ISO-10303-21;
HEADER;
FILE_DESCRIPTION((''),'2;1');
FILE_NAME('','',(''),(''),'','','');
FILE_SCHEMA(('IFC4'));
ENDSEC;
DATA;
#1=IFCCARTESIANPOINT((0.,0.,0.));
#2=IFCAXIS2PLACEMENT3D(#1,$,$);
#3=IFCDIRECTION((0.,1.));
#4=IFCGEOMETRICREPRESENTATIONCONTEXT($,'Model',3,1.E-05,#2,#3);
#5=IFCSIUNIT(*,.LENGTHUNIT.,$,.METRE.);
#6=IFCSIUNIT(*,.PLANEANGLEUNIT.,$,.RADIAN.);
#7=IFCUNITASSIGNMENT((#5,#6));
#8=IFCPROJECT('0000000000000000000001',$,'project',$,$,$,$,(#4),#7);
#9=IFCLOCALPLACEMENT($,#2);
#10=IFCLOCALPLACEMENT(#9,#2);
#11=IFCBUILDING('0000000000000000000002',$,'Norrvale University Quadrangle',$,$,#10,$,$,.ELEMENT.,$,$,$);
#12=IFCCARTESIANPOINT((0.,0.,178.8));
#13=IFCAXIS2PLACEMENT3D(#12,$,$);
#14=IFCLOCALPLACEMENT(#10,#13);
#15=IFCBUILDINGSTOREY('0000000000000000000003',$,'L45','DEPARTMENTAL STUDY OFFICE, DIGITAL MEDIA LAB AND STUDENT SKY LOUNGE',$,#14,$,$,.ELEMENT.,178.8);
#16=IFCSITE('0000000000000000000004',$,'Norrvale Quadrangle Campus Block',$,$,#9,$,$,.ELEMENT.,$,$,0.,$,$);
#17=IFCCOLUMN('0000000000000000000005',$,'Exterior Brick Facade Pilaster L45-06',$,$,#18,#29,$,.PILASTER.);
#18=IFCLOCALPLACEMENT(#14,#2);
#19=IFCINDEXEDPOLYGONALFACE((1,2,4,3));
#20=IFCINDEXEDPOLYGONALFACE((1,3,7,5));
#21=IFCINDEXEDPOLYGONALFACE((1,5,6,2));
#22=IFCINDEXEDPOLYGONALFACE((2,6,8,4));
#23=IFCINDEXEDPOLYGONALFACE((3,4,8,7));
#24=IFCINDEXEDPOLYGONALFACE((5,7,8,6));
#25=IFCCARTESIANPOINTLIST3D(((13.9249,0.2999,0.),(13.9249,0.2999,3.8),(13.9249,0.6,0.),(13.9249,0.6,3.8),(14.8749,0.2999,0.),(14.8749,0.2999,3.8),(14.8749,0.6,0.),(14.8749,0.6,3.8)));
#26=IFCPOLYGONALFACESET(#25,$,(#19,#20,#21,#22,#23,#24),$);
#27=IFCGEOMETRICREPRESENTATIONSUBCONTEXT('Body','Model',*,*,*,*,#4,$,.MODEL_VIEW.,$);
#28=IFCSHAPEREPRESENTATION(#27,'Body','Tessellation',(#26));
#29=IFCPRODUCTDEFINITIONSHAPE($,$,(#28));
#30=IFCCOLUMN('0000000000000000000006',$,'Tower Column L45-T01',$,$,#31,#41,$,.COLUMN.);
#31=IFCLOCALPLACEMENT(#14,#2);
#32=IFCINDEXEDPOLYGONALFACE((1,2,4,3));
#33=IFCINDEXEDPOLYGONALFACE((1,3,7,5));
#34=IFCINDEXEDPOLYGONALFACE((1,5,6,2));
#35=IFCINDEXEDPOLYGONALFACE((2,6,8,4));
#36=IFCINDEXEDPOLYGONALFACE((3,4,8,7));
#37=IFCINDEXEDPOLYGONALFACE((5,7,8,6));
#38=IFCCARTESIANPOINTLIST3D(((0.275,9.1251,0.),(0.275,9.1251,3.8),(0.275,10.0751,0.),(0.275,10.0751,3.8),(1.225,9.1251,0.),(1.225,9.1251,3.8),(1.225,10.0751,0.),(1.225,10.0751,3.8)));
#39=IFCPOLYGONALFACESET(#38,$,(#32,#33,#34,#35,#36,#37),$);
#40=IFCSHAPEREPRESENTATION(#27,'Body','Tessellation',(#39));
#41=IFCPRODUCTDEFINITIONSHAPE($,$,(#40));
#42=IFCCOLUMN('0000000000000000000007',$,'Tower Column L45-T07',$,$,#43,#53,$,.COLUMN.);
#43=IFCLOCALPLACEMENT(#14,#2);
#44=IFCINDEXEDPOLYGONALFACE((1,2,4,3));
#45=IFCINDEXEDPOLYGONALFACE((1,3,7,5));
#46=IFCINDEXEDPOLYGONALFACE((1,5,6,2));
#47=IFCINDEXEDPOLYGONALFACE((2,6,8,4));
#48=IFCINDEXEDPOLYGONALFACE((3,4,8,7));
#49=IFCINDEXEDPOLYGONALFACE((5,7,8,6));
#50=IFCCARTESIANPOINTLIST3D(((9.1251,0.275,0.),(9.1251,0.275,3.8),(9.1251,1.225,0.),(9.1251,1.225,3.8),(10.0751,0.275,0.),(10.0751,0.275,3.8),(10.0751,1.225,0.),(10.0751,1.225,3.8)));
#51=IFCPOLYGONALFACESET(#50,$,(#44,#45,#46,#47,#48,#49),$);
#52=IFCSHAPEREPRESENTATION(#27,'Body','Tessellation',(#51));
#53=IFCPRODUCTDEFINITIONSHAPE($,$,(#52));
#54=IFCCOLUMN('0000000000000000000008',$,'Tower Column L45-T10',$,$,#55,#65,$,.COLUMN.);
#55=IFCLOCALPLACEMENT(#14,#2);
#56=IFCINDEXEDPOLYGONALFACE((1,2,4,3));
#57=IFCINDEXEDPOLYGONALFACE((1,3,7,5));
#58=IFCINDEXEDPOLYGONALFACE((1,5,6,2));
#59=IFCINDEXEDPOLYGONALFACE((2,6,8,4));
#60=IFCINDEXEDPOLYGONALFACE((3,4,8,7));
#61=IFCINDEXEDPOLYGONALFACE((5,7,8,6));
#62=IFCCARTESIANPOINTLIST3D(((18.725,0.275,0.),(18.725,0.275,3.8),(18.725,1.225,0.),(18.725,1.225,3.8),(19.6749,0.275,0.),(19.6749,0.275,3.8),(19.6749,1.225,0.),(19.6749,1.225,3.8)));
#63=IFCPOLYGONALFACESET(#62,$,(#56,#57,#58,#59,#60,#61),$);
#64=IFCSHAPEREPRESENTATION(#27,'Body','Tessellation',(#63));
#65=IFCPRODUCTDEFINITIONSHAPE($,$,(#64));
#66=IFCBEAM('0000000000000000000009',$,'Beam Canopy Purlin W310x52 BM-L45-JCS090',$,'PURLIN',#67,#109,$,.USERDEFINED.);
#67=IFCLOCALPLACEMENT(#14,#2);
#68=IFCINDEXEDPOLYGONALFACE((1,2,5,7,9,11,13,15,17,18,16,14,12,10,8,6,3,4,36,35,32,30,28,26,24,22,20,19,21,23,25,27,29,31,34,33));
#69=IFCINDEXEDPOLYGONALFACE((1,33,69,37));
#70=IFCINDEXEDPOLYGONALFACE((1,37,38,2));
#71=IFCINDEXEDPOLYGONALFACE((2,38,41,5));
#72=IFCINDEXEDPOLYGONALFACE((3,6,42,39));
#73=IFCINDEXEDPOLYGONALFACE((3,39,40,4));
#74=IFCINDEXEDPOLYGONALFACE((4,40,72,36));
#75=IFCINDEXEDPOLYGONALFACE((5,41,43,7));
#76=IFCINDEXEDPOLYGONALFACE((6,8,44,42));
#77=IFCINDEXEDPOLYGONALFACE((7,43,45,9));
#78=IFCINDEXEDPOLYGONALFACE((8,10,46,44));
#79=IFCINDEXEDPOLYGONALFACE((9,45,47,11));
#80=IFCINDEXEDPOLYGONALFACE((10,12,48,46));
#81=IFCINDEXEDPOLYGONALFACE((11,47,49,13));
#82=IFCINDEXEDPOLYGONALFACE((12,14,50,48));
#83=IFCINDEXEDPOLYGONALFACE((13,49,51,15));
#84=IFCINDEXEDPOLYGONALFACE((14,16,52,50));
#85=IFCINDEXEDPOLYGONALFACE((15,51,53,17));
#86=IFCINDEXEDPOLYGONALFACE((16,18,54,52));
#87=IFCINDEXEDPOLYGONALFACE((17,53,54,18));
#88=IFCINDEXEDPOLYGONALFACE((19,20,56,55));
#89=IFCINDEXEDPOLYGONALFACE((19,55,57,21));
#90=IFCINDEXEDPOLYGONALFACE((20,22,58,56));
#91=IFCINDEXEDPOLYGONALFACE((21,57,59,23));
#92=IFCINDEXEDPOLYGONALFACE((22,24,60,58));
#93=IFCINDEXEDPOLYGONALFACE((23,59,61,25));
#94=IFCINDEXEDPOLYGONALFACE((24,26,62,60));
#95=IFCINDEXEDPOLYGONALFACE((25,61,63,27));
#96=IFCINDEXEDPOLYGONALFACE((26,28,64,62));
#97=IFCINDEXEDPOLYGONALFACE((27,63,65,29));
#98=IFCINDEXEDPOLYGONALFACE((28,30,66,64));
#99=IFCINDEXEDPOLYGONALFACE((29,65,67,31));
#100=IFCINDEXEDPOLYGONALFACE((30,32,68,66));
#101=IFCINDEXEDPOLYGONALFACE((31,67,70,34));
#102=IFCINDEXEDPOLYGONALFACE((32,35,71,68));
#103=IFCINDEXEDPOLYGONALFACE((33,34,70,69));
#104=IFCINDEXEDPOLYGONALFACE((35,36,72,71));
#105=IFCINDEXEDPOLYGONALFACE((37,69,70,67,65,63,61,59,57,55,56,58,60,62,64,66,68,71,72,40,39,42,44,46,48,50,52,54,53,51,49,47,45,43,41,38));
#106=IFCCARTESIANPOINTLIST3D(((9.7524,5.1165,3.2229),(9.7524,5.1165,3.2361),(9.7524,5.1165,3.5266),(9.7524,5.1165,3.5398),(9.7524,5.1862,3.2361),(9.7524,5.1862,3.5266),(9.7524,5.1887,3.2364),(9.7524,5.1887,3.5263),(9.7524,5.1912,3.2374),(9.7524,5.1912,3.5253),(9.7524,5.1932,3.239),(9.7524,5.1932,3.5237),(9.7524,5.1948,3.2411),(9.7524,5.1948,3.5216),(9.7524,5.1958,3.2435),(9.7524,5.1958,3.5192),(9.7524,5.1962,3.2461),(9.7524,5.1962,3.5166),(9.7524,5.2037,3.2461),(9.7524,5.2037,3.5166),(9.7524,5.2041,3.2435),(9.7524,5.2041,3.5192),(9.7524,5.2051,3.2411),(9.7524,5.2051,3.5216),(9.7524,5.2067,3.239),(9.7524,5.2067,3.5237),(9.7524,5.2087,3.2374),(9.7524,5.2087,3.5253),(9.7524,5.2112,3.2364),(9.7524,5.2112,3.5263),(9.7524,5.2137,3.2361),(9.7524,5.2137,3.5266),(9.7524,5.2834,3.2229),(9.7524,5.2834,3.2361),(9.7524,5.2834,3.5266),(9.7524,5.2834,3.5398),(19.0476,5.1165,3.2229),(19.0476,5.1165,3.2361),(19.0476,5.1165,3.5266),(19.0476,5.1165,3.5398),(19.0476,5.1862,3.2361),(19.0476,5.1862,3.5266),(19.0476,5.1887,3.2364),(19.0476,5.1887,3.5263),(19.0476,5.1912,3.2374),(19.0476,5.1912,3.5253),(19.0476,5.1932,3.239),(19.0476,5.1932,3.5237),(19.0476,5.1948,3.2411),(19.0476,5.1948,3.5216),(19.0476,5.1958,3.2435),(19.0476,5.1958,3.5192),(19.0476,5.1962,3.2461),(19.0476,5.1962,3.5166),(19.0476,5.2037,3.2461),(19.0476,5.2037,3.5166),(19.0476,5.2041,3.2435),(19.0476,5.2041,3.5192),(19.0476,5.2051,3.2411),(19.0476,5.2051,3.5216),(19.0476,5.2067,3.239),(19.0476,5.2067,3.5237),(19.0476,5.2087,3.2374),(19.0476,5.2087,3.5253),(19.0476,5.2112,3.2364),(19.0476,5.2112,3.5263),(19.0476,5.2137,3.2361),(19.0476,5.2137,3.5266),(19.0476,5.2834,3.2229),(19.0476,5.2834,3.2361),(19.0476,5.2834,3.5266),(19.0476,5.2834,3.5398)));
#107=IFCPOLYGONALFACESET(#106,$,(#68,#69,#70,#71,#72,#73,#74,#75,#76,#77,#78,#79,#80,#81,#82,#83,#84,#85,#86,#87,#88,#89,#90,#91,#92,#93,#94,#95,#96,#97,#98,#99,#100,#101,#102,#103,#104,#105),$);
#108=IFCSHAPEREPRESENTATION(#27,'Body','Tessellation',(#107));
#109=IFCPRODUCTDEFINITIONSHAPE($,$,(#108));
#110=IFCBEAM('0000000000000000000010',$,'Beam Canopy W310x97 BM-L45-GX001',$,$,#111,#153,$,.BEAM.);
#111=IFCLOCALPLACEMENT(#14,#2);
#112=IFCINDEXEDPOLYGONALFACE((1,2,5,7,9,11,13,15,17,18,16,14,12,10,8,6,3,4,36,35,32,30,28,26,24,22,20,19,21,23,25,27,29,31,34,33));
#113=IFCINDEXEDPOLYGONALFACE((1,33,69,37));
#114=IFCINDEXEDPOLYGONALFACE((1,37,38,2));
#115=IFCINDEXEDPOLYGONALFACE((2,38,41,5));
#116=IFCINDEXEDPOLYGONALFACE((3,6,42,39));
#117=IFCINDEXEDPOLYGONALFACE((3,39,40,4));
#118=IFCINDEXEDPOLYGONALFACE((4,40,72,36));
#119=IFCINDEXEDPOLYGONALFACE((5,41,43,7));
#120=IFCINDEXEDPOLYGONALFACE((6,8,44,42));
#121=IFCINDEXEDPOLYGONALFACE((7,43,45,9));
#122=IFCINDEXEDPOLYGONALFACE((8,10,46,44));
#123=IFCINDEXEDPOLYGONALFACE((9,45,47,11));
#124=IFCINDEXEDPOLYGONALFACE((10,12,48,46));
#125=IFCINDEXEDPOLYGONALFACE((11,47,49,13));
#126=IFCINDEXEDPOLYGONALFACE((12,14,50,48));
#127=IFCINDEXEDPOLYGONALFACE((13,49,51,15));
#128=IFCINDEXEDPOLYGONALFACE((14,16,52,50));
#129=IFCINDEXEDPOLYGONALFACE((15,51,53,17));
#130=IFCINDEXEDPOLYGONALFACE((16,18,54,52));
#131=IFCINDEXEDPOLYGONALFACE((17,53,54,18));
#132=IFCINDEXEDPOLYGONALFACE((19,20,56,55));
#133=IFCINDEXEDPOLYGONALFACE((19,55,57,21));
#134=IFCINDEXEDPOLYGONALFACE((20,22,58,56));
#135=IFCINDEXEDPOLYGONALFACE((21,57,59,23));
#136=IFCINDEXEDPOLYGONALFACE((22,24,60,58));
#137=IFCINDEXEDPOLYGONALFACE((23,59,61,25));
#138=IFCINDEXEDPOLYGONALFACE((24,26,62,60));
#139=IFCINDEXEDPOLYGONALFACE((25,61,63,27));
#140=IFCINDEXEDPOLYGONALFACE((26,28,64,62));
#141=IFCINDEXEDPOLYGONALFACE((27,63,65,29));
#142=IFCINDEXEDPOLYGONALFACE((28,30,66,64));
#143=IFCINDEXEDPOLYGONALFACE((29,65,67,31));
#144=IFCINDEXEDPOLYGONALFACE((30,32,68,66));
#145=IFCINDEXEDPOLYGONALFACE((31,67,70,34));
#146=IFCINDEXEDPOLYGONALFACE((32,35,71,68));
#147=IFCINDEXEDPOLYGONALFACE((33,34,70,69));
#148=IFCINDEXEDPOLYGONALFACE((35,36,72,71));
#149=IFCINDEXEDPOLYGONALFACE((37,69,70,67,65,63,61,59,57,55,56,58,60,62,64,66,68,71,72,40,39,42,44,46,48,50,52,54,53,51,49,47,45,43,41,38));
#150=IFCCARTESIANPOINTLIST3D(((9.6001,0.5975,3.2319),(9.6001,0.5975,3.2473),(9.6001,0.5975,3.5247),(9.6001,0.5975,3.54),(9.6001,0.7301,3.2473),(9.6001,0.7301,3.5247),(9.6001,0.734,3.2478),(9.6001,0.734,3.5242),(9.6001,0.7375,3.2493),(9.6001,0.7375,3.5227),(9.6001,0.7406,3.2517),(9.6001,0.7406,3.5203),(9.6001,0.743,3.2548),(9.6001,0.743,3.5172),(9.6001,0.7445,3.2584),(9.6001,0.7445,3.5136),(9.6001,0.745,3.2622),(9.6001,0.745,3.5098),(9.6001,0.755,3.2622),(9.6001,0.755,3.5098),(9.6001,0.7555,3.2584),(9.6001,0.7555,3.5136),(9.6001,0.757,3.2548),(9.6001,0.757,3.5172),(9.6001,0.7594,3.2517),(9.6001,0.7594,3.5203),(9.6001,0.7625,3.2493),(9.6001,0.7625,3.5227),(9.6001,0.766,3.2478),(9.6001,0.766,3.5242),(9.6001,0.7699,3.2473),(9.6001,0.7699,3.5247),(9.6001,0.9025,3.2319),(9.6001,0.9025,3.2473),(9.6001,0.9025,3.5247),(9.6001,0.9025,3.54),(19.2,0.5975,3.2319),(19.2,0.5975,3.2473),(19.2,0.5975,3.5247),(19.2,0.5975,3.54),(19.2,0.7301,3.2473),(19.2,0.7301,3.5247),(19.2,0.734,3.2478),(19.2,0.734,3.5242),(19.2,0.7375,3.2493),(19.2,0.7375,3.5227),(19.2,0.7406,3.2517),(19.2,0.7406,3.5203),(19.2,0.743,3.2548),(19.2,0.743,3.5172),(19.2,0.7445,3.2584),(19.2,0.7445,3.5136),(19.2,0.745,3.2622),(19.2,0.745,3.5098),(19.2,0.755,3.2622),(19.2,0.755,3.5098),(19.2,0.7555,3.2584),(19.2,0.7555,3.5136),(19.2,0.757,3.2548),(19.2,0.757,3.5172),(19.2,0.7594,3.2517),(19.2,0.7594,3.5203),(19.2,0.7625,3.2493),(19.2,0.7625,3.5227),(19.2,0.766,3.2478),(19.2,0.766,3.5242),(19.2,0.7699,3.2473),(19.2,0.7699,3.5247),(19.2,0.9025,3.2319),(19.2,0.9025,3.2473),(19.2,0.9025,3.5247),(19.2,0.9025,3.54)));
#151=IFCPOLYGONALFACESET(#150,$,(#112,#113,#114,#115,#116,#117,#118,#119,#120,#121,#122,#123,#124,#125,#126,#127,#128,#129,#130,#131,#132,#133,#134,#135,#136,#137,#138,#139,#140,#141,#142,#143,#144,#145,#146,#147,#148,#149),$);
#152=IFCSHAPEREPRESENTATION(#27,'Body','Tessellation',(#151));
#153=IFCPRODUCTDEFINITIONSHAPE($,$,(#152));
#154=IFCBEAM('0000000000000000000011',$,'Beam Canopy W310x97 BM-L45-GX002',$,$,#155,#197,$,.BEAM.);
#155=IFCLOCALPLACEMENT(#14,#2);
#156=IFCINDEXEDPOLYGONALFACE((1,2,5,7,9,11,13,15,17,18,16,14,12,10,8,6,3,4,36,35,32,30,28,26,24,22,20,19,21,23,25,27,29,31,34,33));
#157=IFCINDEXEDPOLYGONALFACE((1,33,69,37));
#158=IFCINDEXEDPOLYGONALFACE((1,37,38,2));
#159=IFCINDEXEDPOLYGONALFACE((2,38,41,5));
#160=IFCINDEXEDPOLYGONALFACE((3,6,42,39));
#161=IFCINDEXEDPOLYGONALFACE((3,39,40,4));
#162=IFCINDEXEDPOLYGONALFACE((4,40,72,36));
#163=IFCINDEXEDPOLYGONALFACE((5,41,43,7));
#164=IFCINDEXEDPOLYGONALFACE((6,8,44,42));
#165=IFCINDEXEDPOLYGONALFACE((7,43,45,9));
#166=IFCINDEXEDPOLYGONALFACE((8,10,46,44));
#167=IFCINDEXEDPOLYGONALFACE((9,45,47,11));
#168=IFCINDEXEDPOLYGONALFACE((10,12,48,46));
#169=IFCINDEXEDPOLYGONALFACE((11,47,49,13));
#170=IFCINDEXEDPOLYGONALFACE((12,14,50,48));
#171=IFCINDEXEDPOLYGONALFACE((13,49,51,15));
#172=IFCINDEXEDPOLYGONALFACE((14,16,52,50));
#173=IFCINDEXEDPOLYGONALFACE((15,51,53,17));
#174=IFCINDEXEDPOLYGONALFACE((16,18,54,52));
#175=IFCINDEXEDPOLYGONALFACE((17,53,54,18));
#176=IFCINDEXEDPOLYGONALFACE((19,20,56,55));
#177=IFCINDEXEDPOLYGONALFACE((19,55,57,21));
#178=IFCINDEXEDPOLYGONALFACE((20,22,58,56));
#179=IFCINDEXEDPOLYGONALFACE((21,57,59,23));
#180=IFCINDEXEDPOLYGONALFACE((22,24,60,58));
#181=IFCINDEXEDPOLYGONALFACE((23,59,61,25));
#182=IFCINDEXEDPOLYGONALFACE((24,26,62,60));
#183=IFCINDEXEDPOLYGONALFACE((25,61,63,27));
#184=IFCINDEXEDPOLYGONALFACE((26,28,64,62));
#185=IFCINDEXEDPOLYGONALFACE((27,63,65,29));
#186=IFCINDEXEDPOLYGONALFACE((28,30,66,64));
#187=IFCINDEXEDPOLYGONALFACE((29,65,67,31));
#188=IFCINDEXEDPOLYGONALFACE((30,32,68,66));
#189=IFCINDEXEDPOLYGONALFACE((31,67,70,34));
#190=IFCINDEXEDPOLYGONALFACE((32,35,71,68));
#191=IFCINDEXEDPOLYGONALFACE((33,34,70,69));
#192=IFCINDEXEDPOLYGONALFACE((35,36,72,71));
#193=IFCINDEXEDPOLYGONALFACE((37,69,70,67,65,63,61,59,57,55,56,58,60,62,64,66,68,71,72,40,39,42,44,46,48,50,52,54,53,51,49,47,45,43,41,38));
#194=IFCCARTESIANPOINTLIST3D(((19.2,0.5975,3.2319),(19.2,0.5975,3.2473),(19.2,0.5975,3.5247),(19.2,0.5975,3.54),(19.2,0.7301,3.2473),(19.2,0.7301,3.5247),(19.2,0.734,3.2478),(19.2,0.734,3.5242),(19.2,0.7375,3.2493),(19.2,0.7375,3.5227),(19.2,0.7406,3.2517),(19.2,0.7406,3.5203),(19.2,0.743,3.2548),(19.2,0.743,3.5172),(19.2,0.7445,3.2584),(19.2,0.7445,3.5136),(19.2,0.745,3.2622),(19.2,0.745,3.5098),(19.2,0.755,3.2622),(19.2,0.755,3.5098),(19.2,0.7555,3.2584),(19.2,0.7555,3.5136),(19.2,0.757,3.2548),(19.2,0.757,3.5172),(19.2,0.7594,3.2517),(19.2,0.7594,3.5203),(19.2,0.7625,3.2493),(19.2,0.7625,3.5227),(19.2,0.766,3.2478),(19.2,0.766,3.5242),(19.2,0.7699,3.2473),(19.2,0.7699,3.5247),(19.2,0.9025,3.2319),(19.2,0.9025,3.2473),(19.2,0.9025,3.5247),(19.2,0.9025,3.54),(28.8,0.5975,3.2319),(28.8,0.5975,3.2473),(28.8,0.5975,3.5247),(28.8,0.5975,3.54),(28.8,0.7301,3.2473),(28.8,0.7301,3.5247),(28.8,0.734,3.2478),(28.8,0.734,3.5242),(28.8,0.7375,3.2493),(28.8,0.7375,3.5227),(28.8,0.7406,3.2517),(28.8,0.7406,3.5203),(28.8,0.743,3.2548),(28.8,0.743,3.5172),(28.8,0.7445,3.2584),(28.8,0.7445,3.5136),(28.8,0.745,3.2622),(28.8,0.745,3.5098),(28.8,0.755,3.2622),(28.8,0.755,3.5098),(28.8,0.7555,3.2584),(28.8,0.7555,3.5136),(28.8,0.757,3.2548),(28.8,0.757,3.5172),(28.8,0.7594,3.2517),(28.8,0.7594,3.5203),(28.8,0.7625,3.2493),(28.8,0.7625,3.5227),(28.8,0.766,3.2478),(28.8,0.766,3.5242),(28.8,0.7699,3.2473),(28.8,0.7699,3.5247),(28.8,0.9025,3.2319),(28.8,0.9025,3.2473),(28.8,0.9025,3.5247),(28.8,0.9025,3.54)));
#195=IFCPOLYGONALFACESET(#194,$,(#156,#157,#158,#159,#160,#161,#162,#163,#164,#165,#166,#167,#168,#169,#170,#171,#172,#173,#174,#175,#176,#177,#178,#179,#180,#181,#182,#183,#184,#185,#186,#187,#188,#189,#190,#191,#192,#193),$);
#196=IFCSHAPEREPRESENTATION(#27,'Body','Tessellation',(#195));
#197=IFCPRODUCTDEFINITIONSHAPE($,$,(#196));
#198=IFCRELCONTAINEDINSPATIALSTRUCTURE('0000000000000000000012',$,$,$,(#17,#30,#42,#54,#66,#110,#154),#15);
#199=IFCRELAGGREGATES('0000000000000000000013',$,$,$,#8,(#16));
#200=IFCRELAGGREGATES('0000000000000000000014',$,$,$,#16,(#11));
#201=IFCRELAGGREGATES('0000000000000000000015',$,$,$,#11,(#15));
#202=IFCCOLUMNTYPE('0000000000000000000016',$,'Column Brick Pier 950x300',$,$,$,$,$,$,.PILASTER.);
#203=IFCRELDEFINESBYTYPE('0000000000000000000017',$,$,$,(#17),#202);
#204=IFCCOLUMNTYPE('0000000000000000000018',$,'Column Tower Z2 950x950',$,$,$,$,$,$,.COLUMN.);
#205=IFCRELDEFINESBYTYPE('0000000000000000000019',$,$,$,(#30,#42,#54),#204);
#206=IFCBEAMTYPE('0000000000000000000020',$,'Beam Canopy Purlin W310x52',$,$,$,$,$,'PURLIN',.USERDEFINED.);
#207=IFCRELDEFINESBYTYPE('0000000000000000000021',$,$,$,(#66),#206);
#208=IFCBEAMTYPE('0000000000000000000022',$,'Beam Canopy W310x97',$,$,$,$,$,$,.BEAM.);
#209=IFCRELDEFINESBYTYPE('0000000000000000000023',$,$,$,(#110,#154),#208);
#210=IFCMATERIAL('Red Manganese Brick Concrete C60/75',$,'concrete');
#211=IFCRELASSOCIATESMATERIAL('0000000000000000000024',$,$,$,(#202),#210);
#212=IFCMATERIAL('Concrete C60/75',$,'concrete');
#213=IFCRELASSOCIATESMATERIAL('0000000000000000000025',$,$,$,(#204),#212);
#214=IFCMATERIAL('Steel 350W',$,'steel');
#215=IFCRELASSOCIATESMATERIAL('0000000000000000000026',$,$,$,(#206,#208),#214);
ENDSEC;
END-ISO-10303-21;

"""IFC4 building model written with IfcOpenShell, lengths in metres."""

from ifc_helpers import new_model, si_unit, direction, frame, origin, origin_2d, place, context, subcontext, project, spatial, rectangle, i_section, extrude, material, material_profile, profile_set, type_object, element, save


model = new_model("IFC4")

# Units and contexts
model_context = context("Model", 3, precision=1e-05, world=origin(), true_north=direction((0.0, 1.0)))
body_context = subcontext(model_context, "Body", "Model", "MODEL_VIEW")
ifc_project = project(units=[si_unit("LENGTHUNIT", "METRE"), si_unit("PLANEANGLEUNIT", "RADIAN")], contexts=[model_context])

# Site, building, storey
site_placement = place(None, origin())
site = spatial("IfcSite", under=ifc_project, at=site_placement, Name="Norrvale Quadrangle Campus Block", CompositionType="ELEMENT", RefElevation=0.0)
building_placement = place(site_placement, origin())
building = spatial("IfcBuilding", under=site, at=building_placement, Name="Norrvale University Quadrangle", CompositionType="ELEMENT")
storey_placement = place(building_placement, frame((0.0, 0.0, 178.8)))
storey = spatial("IfcBuildingStorey", under=building, at=storey_placement, Name="L45", Description="DEPARTMENTAL STUDY OFFICE, DIGITAL MEDIA LAB AND STUDENT SKY LOUNGE", CompositionType="ELEMENT", Elevation=178.8)

# Columns
ifc_material_1 = material(Name="Red Manganese Brick Concrete C60/75", Category="concrete")
ifc_material_profile_1 = material_profile(ifc_material_1, rectangle(XDim=0.95, YDim=0.3, at=origin_2d()), Name="Red Manganese Brick Concrete C60/75")
ifc_profile_set_1 = profile_set([ifc_material_profile_1], Name="Red Manganese Brick Concrete C60/75")
column_type_1 = type_object("IfcColumnType", Name="Column Brick Pier 950x300", PredefinedType="PILASTER", material=ifc_profile_set_1)
column_placement = place(storey_placement, frame((14.3999, 0.45, 0.0), z_axis=(0.0, 0.0, 1.0), x_axis=(1.0, 0.0, 0.0)))
element("IfcColumn", 1, at=column_placement, inside=storey, type_object=column_type_1, Name="Exterior Brick Facade Pilaster L45-06", PredefinedType="PILASTER", context=body_context, shape_type="SweptSolid", body=[
    extrude(rectangle(XDim=0.95, YDim=0.3, at=origin_2d()), origin(), (0.0, 0.0, 1.0), 3.8),
])
ifc_material_2 = material(Name="Concrete C60/75", Category="concrete")
ifc_material_profile_2 = material_profile(ifc_material_2, rectangle(XDim=0.95, YDim=0.95, at=origin_2d()), Name="Concrete C60/75")
ifc_profile_set_2 = profile_set([ifc_material_profile_2], Name="Concrete C60/75")
column_type_2 = type_object("IfcColumnType", Name="Column Tower Z2 950x950", PredefinedType="COLUMN", material=ifc_profile_set_2)
for number, where, z_axis, x_axis, name in (
    (2, (0.75, 9.6001, 0.0), (0.0, 0.0, 1.0), (1.0, 0.0, 0.0), "Tower Column L45-T01"),
    (3, (9.6001, 0.75, 0.0), (0.0, 0.0, 1.0), (1.0, 0.0, 0.0), "Tower Column L45-T07"),
    (4, (19.2, 0.75, 0.0), (0.0, 0.0, 1.0), (1.0, 0.0, 0.0), "Tower Column L45-T10"),
):
    element("IfcColumn", number, at=place(storey_placement, frame(where, z_axis=z_axis, x_axis=x_axis)), inside=storey, type_object=column_type_2, Name=name, PredefinedType="COLUMN", context=body_context, shape_type="SweptSolid", body=[
        extrude(rectangle(XDim=0.95, YDim=0.95, at=origin_2d()), origin(), (0.0, 0.0, 1.0), 3.8),
    ])

# Beams
ifc_material_3 = material(Name="Steel 350W", Category="steel")
ifc_material_profile_3 = material_profile(ifc_material_3, i_section(OverallWidth=0.167, OverallDepth=0.3169, WebThickness=0.0076, FlangeThickness=0.0132, FilletRadius=0.01, at=origin_2d()), Name="Steel 350W")
ifc_profile_set_3 = profile_set([ifc_material_profile_3], Name="Steel 350W")
beam_type_1 = type_object("IfcBeamType", Name="Beam Canopy Purlin W310x52", ElementType="PURLIN", PredefinedType="USERDEFINED", material=ifc_profile_set_3)
beam_1_placement = place(storey_placement, frame((9.7524, 5.2, 3.3813), z_axis=(1.0, 0.0, 0.0), x_axis=(0.0, 1.0, 0.0)))
element("IfcBeam", 5, at=beam_1_placement, inside=storey, type_object=beam_type_1, Name="Beam Canopy Purlin W310x52 BM-L45-JCS090", ObjectType="PURLIN", PredefinedType="USERDEFINED", context=body_context, shape_type="SweptSolid", body=[
    extrude(i_section(OverallWidth=0.167, OverallDepth=0.3169, WebThickness=0.0076, FlangeThickness=0.0132, FilletRadius=0.01, at=origin_2d()), origin(), (0.0, 0.0, 1.0), 9.2952),
])
ifc_material_profile_4 = material_profile(ifc_material_3, i_section(OverallWidth=0.3049, OverallDepth=0.3081, WebThickness=0.01, FlangeThickness=0.0154, FilletRadius=0.0149, at=origin_2d()), Name="Steel 350W")
ifc_profile_set_4 = profile_set([ifc_material_profile_4], Name="Steel 350W")
beam_type_2 = type_object("IfcBeamType", Name="Beam Canopy W310x97", PredefinedType="BEAM", material=ifc_profile_set_4)
beam_2_placement = place(storey_placement, frame((9.6001, 0.75, 3.386), z_axis=(1.0, 0.0, 0.0), x_axis=(0.0, 1.0, 0.0)))
element("IfcBeam", 6, at=beam_2_placement, inside=storey, type_object=beam_type_2, Name="Beam Canopy W310x97 BM-L45-GX001", PredefinedType="BEAM", context=body_context, shape_type="SweptSolid", body=[
    extrude(i_section(OverallWidth=0.3049, OverallDepth=0.3081, WebThickness=0.01, FlangeThickness=0.0154, FilletRadius=0.0149, at=origin_2d()), origin(), (0.0, 0.0, 1.0), 9.5999),
])
beam_3_placement = place(storey_placement, frame((19.2, 0.75, 3.386), z_axis=(1.0, 0.0, 0.0), x_axis=(0.0, 1.0, 0.0)))
element("IfcBeam", 7, at=beam_3_placement, inside=storey, type_object=beam_type_2, Name="Beam Canopy W310x97 BM-L45-GX002", PredefinedType="BEAM", context=body_context, shape_type="SweptSolid", body=[
    extrude(i_section(OverallWidth=0.3049, OverallDepth=0.3081, WebThickness=0.01, FlangeThickness=0.0154, FilletRadius=0.0149, at=origin_2d()), origin(), (0.0, 0.0, 1.0), 9.6001),
])

save(model, "model.ifc")
